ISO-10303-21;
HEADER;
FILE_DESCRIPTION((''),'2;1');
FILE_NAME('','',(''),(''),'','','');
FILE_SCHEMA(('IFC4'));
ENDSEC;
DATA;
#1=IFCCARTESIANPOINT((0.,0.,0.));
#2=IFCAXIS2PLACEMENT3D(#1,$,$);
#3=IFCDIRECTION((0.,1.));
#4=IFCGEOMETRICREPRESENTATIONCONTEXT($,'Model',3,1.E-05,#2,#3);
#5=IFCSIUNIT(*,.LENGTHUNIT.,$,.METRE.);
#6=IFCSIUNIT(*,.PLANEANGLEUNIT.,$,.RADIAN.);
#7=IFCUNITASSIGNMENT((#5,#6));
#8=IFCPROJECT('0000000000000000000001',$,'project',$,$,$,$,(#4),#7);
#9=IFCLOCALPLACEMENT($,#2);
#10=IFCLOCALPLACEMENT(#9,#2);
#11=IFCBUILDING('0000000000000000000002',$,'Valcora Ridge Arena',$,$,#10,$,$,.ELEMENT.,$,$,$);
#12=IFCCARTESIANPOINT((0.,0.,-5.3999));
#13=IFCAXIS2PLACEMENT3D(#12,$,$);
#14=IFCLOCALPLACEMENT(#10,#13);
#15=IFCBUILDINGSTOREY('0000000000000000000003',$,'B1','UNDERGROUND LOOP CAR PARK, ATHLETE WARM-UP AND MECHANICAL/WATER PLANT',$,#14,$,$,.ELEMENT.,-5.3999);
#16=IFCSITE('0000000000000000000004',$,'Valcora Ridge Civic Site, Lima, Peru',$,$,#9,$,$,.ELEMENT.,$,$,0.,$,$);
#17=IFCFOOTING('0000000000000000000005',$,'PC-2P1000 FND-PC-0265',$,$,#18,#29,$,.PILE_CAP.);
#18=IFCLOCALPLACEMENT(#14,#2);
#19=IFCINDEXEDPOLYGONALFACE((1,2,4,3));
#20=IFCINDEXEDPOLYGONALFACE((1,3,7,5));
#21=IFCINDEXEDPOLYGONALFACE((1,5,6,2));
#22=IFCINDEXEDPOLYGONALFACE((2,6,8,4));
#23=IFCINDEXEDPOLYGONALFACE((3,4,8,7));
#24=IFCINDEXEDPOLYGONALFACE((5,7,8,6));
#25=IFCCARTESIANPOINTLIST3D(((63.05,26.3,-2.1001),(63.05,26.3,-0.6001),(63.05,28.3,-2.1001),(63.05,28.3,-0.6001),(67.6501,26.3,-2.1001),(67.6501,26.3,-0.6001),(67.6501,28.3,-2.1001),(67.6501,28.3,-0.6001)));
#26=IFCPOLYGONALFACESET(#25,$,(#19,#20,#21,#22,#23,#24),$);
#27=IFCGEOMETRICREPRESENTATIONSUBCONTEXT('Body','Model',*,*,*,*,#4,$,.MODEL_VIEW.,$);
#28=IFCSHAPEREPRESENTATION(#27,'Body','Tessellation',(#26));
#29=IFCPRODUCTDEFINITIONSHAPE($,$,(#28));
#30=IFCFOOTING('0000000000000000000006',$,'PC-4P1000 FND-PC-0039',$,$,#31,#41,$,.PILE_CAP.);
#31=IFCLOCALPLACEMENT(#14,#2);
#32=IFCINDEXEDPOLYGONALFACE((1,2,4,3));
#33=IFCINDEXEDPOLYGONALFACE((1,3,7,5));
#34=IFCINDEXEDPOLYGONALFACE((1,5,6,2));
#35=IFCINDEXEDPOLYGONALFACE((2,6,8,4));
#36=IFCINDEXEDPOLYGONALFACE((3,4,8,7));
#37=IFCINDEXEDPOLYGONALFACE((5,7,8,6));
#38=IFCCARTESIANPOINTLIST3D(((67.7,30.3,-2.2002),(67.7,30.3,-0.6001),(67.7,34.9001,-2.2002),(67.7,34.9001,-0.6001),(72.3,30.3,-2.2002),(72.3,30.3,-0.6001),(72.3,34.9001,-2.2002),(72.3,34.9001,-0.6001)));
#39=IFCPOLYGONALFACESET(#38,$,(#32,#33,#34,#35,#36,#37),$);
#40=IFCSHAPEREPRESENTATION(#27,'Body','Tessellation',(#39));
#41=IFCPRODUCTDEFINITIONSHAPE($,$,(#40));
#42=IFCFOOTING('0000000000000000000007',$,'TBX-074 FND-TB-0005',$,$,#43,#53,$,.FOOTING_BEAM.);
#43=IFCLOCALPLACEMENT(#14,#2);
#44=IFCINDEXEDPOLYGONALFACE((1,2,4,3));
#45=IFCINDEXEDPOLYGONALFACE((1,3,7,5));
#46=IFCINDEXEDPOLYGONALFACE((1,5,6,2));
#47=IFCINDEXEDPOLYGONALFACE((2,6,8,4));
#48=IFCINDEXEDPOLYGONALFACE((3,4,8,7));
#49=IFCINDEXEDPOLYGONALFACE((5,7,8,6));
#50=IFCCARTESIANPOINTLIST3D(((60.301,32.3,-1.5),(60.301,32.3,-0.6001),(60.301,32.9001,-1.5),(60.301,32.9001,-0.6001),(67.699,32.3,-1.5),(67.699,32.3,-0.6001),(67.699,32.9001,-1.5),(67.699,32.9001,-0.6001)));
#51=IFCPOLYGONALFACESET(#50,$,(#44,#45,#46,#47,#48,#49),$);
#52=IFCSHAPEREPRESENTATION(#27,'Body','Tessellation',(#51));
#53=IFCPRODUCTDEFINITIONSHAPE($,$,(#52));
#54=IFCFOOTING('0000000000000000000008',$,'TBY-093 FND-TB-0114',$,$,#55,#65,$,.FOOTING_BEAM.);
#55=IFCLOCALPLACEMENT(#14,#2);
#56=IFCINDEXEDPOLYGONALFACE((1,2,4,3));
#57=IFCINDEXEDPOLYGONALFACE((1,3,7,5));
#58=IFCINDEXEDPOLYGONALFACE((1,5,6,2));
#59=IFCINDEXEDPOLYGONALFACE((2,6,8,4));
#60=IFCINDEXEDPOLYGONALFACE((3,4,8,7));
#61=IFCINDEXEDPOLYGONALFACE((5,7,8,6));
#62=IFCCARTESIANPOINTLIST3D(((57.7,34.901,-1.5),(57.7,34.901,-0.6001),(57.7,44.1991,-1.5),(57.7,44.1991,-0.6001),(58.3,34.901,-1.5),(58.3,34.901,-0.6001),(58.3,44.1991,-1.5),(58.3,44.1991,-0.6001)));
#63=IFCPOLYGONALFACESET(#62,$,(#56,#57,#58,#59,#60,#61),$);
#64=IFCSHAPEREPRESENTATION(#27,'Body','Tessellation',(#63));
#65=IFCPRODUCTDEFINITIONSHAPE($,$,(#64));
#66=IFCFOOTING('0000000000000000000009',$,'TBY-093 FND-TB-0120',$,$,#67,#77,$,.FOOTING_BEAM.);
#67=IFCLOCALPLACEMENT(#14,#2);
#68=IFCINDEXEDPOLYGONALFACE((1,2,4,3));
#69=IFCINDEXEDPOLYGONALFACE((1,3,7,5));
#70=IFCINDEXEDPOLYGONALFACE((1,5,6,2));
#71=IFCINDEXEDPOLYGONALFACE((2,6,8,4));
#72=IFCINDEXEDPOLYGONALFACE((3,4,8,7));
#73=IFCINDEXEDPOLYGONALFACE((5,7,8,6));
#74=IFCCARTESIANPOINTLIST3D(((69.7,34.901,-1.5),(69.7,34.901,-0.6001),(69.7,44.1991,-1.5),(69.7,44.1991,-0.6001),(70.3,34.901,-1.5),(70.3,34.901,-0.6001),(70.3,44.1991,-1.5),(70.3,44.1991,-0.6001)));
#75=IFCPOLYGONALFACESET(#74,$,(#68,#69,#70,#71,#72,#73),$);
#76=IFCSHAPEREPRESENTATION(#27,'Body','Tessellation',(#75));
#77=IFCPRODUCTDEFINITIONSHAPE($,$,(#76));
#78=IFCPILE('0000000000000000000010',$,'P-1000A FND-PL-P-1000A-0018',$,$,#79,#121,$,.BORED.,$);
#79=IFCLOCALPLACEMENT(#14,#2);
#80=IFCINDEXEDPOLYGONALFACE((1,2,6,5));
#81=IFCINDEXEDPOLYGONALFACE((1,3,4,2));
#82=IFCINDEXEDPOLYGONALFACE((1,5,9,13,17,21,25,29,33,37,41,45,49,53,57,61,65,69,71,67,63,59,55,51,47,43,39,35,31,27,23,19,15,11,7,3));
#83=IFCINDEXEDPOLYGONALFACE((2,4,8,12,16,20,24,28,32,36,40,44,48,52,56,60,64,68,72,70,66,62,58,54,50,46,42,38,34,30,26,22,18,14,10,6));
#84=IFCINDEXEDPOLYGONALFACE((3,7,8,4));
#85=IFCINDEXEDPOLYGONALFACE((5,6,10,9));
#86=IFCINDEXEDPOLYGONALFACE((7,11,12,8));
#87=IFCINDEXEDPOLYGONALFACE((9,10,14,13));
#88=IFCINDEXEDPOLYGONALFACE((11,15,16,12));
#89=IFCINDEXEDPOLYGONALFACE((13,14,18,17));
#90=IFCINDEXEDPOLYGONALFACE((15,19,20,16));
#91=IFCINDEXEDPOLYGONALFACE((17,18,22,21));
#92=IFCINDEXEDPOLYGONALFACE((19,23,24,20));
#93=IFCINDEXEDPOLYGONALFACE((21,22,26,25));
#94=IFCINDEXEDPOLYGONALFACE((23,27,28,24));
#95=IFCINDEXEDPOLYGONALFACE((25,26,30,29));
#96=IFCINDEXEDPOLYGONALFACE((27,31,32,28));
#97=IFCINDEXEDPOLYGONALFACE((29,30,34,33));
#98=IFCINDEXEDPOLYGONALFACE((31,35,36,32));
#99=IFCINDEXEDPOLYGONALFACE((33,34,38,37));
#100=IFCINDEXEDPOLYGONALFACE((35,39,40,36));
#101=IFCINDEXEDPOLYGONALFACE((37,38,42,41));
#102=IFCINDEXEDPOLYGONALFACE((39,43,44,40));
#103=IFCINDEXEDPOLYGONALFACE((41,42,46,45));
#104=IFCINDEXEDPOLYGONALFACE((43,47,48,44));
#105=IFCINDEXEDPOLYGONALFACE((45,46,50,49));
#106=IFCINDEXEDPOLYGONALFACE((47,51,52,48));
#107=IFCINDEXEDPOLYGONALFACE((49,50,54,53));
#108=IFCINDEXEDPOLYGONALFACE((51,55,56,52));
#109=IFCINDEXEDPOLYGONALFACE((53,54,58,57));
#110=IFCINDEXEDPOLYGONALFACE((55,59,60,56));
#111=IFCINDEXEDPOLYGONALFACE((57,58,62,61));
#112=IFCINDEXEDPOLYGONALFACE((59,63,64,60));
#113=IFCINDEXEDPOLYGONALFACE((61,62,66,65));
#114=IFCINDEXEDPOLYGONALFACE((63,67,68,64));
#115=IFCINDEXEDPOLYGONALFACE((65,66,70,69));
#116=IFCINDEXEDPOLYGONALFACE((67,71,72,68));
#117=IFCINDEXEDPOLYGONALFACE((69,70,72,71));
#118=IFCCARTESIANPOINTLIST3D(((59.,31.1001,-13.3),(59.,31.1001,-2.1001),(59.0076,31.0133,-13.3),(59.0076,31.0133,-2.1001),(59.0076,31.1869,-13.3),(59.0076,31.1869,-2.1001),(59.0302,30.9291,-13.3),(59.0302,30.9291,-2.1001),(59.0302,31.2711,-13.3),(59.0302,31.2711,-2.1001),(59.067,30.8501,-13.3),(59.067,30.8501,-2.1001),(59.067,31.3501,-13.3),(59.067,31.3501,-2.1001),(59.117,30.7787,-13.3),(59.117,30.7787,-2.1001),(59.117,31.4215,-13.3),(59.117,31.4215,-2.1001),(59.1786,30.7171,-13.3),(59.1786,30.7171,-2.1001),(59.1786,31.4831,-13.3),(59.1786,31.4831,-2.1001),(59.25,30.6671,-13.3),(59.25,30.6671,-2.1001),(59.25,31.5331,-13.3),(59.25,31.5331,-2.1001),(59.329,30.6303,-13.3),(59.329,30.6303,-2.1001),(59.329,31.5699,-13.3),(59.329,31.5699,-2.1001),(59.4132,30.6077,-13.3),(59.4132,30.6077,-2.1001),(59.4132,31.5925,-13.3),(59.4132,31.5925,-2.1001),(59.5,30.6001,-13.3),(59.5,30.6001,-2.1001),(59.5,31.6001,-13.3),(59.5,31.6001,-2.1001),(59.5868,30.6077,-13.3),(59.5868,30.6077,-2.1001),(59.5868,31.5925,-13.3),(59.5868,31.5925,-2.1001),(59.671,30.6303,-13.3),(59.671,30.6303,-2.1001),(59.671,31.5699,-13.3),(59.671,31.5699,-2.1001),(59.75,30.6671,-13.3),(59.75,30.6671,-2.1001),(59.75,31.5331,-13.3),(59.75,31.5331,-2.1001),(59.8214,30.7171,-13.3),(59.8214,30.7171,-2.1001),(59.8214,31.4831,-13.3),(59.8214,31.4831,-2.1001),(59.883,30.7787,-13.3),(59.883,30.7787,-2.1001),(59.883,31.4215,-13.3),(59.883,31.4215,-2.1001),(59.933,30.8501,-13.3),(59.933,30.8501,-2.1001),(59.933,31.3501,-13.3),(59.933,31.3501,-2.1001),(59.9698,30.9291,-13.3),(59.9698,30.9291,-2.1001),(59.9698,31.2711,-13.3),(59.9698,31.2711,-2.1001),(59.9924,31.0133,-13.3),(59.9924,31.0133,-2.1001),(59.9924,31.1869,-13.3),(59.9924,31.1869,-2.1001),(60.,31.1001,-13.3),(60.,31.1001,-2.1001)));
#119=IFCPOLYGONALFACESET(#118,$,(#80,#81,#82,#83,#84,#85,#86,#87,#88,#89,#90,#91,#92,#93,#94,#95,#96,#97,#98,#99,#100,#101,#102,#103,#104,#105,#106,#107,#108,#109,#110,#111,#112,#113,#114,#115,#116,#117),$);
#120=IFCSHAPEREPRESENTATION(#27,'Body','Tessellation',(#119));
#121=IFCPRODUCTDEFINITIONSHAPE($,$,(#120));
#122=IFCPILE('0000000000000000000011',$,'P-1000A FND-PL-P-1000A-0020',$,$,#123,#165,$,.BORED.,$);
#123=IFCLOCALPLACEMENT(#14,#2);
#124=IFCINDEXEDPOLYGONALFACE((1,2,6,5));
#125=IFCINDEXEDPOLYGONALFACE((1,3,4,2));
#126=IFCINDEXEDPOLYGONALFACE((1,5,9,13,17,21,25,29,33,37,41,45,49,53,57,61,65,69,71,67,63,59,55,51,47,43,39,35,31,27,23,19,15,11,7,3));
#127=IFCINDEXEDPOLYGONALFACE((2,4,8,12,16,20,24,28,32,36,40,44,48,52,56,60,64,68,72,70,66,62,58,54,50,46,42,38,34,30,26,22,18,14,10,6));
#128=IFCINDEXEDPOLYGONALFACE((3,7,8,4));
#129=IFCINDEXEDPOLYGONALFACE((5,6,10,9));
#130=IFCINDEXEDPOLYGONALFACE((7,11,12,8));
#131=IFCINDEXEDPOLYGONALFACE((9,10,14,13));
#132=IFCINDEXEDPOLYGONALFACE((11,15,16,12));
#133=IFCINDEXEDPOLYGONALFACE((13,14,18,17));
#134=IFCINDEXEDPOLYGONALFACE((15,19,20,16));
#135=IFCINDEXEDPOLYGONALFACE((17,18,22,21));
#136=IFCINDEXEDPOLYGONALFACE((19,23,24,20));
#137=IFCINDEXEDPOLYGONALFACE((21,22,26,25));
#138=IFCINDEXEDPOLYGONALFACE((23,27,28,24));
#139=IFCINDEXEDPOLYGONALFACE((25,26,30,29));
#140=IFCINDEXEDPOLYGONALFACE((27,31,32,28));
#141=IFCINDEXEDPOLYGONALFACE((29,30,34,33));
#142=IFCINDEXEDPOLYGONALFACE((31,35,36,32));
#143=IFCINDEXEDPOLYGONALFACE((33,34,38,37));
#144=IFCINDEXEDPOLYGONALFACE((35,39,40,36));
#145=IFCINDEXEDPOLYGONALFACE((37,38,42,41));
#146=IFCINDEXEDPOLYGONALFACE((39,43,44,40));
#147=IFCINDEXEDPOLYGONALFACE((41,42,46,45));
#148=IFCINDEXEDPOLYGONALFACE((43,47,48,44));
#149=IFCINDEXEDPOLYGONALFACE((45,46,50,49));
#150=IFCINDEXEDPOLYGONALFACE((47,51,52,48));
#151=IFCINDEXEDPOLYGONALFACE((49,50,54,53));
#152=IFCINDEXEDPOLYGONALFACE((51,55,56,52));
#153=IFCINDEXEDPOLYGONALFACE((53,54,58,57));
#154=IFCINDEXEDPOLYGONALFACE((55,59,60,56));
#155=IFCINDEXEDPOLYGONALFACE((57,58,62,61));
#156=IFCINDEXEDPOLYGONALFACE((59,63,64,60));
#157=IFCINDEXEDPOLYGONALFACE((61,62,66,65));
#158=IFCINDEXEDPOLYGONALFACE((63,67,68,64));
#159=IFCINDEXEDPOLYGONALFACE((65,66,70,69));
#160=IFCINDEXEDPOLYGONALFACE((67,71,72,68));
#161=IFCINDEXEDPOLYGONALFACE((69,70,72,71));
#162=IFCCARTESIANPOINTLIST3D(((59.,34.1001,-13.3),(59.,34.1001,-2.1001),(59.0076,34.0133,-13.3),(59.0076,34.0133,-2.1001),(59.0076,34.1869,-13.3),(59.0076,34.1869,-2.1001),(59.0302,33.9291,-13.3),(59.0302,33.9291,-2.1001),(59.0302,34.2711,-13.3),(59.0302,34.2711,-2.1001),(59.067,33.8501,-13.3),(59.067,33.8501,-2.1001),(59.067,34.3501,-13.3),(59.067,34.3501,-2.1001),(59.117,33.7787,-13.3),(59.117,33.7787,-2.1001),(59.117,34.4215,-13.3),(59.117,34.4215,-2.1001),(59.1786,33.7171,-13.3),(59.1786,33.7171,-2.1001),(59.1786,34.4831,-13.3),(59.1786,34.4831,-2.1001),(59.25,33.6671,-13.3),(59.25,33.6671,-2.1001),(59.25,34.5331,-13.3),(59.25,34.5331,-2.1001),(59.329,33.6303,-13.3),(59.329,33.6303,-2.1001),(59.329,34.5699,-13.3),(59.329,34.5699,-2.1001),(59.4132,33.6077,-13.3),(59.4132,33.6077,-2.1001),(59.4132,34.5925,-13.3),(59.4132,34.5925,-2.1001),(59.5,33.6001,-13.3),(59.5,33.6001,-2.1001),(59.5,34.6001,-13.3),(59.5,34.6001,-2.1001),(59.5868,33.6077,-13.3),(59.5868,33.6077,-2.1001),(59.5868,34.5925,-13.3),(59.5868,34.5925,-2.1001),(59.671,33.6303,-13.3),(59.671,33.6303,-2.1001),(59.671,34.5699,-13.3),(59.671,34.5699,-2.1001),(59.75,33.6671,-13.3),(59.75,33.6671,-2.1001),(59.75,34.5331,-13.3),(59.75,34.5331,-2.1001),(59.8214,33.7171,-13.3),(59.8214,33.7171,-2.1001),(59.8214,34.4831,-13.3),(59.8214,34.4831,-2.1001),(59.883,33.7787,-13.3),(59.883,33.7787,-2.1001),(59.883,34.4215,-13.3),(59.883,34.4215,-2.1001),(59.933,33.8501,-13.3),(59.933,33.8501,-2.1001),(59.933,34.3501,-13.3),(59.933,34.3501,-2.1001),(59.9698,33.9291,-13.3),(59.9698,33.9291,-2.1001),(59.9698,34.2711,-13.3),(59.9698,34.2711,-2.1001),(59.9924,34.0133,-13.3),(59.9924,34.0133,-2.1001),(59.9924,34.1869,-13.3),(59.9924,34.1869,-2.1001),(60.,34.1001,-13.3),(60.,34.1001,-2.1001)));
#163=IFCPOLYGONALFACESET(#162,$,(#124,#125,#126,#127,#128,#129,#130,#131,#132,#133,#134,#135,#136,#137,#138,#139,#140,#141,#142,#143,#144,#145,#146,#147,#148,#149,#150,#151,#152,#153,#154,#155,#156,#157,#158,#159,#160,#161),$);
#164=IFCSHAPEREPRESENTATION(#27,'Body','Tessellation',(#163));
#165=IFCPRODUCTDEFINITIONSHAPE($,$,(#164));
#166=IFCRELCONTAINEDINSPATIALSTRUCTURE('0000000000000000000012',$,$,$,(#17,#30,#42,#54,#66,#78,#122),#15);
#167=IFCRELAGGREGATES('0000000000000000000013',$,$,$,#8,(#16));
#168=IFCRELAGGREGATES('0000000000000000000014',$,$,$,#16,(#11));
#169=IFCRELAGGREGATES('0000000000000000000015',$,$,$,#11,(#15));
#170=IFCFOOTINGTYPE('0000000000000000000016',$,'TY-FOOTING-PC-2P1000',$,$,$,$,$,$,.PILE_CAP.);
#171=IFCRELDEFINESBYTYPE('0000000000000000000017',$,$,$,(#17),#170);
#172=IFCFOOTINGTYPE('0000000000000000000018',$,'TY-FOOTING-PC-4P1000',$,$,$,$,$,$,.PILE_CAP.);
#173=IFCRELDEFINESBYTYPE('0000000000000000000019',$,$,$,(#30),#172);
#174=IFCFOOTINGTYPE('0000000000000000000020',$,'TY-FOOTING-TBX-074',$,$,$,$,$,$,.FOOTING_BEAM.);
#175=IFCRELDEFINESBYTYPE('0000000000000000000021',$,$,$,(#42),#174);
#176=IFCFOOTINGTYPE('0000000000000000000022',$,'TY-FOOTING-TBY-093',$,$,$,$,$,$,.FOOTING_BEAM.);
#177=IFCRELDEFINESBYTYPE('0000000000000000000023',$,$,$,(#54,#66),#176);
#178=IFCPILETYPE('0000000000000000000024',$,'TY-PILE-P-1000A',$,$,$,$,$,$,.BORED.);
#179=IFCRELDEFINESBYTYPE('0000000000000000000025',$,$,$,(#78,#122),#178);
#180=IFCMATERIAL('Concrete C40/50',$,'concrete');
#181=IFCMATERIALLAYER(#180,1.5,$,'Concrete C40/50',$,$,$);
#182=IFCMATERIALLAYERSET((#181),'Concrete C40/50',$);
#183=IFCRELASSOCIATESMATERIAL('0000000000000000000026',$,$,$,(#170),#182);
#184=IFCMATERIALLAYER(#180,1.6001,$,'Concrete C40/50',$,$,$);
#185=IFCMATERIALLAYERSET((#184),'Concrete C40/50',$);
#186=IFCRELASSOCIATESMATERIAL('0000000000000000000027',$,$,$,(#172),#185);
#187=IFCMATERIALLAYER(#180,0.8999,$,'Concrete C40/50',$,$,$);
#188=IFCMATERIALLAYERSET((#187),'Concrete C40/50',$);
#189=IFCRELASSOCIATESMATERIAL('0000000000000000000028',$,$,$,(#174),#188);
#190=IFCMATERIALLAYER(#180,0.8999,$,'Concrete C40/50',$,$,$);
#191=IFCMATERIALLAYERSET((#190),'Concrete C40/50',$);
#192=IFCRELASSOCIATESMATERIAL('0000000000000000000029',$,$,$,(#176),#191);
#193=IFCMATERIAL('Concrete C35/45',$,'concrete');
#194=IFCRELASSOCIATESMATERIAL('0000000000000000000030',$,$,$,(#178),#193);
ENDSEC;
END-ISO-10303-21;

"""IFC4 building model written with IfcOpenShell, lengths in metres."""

from ifc_helpers import new_model, si_unit, direction, frame, origin, origin_2d, place, context, subcontext, project, spatial, rectangle, circle, extrude, material, layer, layer_set, material_profile, profile_set, type_object, element, save


model = new_model("IFC4")

# Units and contexts
model_context = context("Model", 3, precision=1e-05, world=origin(), true_north=direction((0.0, 1.0)))
body_context = subcontext(model_context, "Body", "Model", "MODEL_VIEW")
ifc_project = project(units=[si_unit("LENGTHUNIT", "METRE"), si_unit("PLANEANGLEUNIT", "RADIAN")], contexts=[model_context])

# Site, building, storey
site_placement = place(None, origin())
site = spatial("IfcSite", under=ifc_project, at=site_placement, Name="Valcora Ridge Civic Site, Lima, Peru", CompositionType="ELEMENT", RefElevation=0.0)
building_placement = place(site_placement, origin())
building = spatial("IfcBuilding", under=site, at=building_placement, Name="Valcora Ridge Arena", CompositionType="ELEMENT")
storey_placement = place(building_placement, frame((0.0, 0.0, -5.3999)))
storey = spatial("IfcBuildingStorey", under=building, at=storey_placement, Name="B1", Description="UNDERGROUND LOOP CAR PARK, ATHLETE WARM-UP AND MECHANICAL/WATER PLANT", CompositionType="ELEMENT", Elevation=-5.3999)

# Footings
ifc_material_1 = material(Name="Concrete C40/50", Category="concrete")
ifc_layer_1 = layer(ifc_material_1, 1.5, Name="Concrete C40/50")
ifc_layer_set_1 = layer_set([ifc_layer_1], Name="Concrete C40/50")
footing_type_1 = type_object("IfcFootingType", Name="TY-FOOTING-PC-2P1000", PredefinedType="PILE_CAP", material=ifc_layer_set_1)
footing_1_placement = place(storey_placement, frame((65.3501, 27.3, -2.1001), z_axis=(0.0, 0.0, 1.0), x_axis=(1.0, 0.0, 0.0)))
element("IfcFooting", 1, at=footing_1_placement, inside=storey, type_object=footing_type_1, Name="PC-2P1000 FND-PC-0265", PredefinedType="PILE_CAP", context=body_context, shape_type="SweptSolid", body=[
    extrude(rectangle(XDim=4.6001, YDim=2.0, at=origin_2d()), origin(), (0.0, 0.0, 1.0), 1.5),
])
ifc_layer_2 = layer(ifc_material_1, 1.6001, Name="Concrete C40/50")
ifc_layer_set_2 = layer_set([ifc_layer_2], Name="Concrete C40/50")
footing_type_2 = type_object("IfcFootingType", Name="TY-FOOTING-PC-4P1000", PredefinedType="PILE_CAP", material=ifc_layer_set_2)
footing_2_placement = place(storey_placement, frame((70.0, 32.6001, -2.2002), z_axis=(0.0, 0.0, 1.0), x_axis=(1.0, 0.0, 0.0)))
element("IfcFooting", 2, at=footing_2_placement, inside=storey, type_object=footing_type_2, Name="PC-4P1000 FND-PC-0039", PredefinedType="PILE_CAP", context=body_context, shape_type="SweptSolid", body=[
    extrude(rectangle(XDim=4.6001, YDim=4.6001, at=origin_2d()), origin(), (0.0, 0.0, 1.0), 1.6001),
])
ifc_layer_3 = layer(ifc_material_1, 0.8999, Name="Concrete C40/50")
ifc_layer_set_3 = layer_set([ifc_layer_3], Name="Concrete C40/50")
footing_type_3 = type_object("IfcFootingType", Name="TY-FOOTING-TBX-074", PredefinedType="FOOTING_BEAM", material=ifc_layer_set_3)
footing_3_placement = place(storey_placement, frame((64.0, 32.6001, -1.5), z_axis=(0.0, 0.0, 1.0), x_axis=(1.0, 0.0, 0.0)))
element("IfcFooting", 3, at=footing_3_placement, inside=storey, type_object=footing_type_3, Name="TBX-074 FND-TB-0005", PredefinedType="FOOTING_BEAM", context=body_context, shape_type="SweptSolid", body=[
    extrude(rectangle(XDim=7.3979, YDim=0.6001, at=origin_2d()), origin(), (0.0, 0.0, 1.0), 0.8999),
])
ifc_layer_4 = layer(ifc_material_1, 0.8999, Name="Concrete C40/50")
ifc_layer_set_4 = layer_set([ifc_layer_4], Name="Concrete C40/50")
footing_type_4 = type_object("IfcFootingType", Name="TY-FOOTING-TBY-093", PredefinedType="FOOTING_BEAM", material=ifc_layer_set_4)
for number, where, z_axis, x_axis, name in (
    (4, (58.0, 39.55, -1.5), (0.0, 0.0, 1.0), (1.0, 0.0, 0.0), "TBY-093 FND-TB-0114"),
    (5, (70.0, 39.55, -1.5), (0.0, 0.0, 1.0), (1.0, 0.0, 0.0), "TBY-093 FND-TB-0120"),
):
    element("IfcFooting", number, at=place(storey_placement, frame(where, z_axis=z_axis, x_axis=x_axis)), inside=storey, type_object=footing_type_4, Name=name, PredefinedType="FOOTING_BEAM", context=body_context, shape_type="SweptSolid", body=[
        extrude(rectangle(XDim=0.6001, YDim=9.2981, at=origin_2d()), origin(), (0.0, 0.0, 1.0), 0.8999),
    ])

# Piles
ifc_material_2 = material(Name="Concrete C35/45", Category="concrete")
ifc_material_profile_1 = material_profile(ifc_material_2, circle(Radius=0.5, at=origin_2d()), Name="BORED PILE D1000")
ifc_profile_set_1 = profile_set([ifc_material_profile_1], Name="Concrete C35/45")
pile_type_1 = type_object("IfcPileType", Name="TY-PILE-P-1000A", PredefinedType="BORED", material=ifc_profile_set_1)
for number, where, z_axis, x_axis, name in (
    (6, (59.5, 31.1001, -2.1001), (0.0, 0.0, -1.0), (1.0, 0.0, 0.0), "P-1000A FND-PL-P-1000A-0018"),
    (7, (59.5, 34.1001, -2.1001), (0.0, 0.0, -1.0), (1.0, 0.0, 0.0), "P-1000A FND-PL-P-1000A-0020"),
):
    element("IfcPile", number, at=place(storey_placement, frame(where, z_axis=z_axis, x_axis=x_axis)), inside=storey, type_object=pile_type_1, Name=name, PredefinedType="BORED", context=body_context, shape_type="SweptSolid", body=[
        extrude(circle(Radius=0.5, at=origin_2d()), origin(), (0.0, 0.0, 1.0), 11.2),
    ])

save(model, "model.ifc")
